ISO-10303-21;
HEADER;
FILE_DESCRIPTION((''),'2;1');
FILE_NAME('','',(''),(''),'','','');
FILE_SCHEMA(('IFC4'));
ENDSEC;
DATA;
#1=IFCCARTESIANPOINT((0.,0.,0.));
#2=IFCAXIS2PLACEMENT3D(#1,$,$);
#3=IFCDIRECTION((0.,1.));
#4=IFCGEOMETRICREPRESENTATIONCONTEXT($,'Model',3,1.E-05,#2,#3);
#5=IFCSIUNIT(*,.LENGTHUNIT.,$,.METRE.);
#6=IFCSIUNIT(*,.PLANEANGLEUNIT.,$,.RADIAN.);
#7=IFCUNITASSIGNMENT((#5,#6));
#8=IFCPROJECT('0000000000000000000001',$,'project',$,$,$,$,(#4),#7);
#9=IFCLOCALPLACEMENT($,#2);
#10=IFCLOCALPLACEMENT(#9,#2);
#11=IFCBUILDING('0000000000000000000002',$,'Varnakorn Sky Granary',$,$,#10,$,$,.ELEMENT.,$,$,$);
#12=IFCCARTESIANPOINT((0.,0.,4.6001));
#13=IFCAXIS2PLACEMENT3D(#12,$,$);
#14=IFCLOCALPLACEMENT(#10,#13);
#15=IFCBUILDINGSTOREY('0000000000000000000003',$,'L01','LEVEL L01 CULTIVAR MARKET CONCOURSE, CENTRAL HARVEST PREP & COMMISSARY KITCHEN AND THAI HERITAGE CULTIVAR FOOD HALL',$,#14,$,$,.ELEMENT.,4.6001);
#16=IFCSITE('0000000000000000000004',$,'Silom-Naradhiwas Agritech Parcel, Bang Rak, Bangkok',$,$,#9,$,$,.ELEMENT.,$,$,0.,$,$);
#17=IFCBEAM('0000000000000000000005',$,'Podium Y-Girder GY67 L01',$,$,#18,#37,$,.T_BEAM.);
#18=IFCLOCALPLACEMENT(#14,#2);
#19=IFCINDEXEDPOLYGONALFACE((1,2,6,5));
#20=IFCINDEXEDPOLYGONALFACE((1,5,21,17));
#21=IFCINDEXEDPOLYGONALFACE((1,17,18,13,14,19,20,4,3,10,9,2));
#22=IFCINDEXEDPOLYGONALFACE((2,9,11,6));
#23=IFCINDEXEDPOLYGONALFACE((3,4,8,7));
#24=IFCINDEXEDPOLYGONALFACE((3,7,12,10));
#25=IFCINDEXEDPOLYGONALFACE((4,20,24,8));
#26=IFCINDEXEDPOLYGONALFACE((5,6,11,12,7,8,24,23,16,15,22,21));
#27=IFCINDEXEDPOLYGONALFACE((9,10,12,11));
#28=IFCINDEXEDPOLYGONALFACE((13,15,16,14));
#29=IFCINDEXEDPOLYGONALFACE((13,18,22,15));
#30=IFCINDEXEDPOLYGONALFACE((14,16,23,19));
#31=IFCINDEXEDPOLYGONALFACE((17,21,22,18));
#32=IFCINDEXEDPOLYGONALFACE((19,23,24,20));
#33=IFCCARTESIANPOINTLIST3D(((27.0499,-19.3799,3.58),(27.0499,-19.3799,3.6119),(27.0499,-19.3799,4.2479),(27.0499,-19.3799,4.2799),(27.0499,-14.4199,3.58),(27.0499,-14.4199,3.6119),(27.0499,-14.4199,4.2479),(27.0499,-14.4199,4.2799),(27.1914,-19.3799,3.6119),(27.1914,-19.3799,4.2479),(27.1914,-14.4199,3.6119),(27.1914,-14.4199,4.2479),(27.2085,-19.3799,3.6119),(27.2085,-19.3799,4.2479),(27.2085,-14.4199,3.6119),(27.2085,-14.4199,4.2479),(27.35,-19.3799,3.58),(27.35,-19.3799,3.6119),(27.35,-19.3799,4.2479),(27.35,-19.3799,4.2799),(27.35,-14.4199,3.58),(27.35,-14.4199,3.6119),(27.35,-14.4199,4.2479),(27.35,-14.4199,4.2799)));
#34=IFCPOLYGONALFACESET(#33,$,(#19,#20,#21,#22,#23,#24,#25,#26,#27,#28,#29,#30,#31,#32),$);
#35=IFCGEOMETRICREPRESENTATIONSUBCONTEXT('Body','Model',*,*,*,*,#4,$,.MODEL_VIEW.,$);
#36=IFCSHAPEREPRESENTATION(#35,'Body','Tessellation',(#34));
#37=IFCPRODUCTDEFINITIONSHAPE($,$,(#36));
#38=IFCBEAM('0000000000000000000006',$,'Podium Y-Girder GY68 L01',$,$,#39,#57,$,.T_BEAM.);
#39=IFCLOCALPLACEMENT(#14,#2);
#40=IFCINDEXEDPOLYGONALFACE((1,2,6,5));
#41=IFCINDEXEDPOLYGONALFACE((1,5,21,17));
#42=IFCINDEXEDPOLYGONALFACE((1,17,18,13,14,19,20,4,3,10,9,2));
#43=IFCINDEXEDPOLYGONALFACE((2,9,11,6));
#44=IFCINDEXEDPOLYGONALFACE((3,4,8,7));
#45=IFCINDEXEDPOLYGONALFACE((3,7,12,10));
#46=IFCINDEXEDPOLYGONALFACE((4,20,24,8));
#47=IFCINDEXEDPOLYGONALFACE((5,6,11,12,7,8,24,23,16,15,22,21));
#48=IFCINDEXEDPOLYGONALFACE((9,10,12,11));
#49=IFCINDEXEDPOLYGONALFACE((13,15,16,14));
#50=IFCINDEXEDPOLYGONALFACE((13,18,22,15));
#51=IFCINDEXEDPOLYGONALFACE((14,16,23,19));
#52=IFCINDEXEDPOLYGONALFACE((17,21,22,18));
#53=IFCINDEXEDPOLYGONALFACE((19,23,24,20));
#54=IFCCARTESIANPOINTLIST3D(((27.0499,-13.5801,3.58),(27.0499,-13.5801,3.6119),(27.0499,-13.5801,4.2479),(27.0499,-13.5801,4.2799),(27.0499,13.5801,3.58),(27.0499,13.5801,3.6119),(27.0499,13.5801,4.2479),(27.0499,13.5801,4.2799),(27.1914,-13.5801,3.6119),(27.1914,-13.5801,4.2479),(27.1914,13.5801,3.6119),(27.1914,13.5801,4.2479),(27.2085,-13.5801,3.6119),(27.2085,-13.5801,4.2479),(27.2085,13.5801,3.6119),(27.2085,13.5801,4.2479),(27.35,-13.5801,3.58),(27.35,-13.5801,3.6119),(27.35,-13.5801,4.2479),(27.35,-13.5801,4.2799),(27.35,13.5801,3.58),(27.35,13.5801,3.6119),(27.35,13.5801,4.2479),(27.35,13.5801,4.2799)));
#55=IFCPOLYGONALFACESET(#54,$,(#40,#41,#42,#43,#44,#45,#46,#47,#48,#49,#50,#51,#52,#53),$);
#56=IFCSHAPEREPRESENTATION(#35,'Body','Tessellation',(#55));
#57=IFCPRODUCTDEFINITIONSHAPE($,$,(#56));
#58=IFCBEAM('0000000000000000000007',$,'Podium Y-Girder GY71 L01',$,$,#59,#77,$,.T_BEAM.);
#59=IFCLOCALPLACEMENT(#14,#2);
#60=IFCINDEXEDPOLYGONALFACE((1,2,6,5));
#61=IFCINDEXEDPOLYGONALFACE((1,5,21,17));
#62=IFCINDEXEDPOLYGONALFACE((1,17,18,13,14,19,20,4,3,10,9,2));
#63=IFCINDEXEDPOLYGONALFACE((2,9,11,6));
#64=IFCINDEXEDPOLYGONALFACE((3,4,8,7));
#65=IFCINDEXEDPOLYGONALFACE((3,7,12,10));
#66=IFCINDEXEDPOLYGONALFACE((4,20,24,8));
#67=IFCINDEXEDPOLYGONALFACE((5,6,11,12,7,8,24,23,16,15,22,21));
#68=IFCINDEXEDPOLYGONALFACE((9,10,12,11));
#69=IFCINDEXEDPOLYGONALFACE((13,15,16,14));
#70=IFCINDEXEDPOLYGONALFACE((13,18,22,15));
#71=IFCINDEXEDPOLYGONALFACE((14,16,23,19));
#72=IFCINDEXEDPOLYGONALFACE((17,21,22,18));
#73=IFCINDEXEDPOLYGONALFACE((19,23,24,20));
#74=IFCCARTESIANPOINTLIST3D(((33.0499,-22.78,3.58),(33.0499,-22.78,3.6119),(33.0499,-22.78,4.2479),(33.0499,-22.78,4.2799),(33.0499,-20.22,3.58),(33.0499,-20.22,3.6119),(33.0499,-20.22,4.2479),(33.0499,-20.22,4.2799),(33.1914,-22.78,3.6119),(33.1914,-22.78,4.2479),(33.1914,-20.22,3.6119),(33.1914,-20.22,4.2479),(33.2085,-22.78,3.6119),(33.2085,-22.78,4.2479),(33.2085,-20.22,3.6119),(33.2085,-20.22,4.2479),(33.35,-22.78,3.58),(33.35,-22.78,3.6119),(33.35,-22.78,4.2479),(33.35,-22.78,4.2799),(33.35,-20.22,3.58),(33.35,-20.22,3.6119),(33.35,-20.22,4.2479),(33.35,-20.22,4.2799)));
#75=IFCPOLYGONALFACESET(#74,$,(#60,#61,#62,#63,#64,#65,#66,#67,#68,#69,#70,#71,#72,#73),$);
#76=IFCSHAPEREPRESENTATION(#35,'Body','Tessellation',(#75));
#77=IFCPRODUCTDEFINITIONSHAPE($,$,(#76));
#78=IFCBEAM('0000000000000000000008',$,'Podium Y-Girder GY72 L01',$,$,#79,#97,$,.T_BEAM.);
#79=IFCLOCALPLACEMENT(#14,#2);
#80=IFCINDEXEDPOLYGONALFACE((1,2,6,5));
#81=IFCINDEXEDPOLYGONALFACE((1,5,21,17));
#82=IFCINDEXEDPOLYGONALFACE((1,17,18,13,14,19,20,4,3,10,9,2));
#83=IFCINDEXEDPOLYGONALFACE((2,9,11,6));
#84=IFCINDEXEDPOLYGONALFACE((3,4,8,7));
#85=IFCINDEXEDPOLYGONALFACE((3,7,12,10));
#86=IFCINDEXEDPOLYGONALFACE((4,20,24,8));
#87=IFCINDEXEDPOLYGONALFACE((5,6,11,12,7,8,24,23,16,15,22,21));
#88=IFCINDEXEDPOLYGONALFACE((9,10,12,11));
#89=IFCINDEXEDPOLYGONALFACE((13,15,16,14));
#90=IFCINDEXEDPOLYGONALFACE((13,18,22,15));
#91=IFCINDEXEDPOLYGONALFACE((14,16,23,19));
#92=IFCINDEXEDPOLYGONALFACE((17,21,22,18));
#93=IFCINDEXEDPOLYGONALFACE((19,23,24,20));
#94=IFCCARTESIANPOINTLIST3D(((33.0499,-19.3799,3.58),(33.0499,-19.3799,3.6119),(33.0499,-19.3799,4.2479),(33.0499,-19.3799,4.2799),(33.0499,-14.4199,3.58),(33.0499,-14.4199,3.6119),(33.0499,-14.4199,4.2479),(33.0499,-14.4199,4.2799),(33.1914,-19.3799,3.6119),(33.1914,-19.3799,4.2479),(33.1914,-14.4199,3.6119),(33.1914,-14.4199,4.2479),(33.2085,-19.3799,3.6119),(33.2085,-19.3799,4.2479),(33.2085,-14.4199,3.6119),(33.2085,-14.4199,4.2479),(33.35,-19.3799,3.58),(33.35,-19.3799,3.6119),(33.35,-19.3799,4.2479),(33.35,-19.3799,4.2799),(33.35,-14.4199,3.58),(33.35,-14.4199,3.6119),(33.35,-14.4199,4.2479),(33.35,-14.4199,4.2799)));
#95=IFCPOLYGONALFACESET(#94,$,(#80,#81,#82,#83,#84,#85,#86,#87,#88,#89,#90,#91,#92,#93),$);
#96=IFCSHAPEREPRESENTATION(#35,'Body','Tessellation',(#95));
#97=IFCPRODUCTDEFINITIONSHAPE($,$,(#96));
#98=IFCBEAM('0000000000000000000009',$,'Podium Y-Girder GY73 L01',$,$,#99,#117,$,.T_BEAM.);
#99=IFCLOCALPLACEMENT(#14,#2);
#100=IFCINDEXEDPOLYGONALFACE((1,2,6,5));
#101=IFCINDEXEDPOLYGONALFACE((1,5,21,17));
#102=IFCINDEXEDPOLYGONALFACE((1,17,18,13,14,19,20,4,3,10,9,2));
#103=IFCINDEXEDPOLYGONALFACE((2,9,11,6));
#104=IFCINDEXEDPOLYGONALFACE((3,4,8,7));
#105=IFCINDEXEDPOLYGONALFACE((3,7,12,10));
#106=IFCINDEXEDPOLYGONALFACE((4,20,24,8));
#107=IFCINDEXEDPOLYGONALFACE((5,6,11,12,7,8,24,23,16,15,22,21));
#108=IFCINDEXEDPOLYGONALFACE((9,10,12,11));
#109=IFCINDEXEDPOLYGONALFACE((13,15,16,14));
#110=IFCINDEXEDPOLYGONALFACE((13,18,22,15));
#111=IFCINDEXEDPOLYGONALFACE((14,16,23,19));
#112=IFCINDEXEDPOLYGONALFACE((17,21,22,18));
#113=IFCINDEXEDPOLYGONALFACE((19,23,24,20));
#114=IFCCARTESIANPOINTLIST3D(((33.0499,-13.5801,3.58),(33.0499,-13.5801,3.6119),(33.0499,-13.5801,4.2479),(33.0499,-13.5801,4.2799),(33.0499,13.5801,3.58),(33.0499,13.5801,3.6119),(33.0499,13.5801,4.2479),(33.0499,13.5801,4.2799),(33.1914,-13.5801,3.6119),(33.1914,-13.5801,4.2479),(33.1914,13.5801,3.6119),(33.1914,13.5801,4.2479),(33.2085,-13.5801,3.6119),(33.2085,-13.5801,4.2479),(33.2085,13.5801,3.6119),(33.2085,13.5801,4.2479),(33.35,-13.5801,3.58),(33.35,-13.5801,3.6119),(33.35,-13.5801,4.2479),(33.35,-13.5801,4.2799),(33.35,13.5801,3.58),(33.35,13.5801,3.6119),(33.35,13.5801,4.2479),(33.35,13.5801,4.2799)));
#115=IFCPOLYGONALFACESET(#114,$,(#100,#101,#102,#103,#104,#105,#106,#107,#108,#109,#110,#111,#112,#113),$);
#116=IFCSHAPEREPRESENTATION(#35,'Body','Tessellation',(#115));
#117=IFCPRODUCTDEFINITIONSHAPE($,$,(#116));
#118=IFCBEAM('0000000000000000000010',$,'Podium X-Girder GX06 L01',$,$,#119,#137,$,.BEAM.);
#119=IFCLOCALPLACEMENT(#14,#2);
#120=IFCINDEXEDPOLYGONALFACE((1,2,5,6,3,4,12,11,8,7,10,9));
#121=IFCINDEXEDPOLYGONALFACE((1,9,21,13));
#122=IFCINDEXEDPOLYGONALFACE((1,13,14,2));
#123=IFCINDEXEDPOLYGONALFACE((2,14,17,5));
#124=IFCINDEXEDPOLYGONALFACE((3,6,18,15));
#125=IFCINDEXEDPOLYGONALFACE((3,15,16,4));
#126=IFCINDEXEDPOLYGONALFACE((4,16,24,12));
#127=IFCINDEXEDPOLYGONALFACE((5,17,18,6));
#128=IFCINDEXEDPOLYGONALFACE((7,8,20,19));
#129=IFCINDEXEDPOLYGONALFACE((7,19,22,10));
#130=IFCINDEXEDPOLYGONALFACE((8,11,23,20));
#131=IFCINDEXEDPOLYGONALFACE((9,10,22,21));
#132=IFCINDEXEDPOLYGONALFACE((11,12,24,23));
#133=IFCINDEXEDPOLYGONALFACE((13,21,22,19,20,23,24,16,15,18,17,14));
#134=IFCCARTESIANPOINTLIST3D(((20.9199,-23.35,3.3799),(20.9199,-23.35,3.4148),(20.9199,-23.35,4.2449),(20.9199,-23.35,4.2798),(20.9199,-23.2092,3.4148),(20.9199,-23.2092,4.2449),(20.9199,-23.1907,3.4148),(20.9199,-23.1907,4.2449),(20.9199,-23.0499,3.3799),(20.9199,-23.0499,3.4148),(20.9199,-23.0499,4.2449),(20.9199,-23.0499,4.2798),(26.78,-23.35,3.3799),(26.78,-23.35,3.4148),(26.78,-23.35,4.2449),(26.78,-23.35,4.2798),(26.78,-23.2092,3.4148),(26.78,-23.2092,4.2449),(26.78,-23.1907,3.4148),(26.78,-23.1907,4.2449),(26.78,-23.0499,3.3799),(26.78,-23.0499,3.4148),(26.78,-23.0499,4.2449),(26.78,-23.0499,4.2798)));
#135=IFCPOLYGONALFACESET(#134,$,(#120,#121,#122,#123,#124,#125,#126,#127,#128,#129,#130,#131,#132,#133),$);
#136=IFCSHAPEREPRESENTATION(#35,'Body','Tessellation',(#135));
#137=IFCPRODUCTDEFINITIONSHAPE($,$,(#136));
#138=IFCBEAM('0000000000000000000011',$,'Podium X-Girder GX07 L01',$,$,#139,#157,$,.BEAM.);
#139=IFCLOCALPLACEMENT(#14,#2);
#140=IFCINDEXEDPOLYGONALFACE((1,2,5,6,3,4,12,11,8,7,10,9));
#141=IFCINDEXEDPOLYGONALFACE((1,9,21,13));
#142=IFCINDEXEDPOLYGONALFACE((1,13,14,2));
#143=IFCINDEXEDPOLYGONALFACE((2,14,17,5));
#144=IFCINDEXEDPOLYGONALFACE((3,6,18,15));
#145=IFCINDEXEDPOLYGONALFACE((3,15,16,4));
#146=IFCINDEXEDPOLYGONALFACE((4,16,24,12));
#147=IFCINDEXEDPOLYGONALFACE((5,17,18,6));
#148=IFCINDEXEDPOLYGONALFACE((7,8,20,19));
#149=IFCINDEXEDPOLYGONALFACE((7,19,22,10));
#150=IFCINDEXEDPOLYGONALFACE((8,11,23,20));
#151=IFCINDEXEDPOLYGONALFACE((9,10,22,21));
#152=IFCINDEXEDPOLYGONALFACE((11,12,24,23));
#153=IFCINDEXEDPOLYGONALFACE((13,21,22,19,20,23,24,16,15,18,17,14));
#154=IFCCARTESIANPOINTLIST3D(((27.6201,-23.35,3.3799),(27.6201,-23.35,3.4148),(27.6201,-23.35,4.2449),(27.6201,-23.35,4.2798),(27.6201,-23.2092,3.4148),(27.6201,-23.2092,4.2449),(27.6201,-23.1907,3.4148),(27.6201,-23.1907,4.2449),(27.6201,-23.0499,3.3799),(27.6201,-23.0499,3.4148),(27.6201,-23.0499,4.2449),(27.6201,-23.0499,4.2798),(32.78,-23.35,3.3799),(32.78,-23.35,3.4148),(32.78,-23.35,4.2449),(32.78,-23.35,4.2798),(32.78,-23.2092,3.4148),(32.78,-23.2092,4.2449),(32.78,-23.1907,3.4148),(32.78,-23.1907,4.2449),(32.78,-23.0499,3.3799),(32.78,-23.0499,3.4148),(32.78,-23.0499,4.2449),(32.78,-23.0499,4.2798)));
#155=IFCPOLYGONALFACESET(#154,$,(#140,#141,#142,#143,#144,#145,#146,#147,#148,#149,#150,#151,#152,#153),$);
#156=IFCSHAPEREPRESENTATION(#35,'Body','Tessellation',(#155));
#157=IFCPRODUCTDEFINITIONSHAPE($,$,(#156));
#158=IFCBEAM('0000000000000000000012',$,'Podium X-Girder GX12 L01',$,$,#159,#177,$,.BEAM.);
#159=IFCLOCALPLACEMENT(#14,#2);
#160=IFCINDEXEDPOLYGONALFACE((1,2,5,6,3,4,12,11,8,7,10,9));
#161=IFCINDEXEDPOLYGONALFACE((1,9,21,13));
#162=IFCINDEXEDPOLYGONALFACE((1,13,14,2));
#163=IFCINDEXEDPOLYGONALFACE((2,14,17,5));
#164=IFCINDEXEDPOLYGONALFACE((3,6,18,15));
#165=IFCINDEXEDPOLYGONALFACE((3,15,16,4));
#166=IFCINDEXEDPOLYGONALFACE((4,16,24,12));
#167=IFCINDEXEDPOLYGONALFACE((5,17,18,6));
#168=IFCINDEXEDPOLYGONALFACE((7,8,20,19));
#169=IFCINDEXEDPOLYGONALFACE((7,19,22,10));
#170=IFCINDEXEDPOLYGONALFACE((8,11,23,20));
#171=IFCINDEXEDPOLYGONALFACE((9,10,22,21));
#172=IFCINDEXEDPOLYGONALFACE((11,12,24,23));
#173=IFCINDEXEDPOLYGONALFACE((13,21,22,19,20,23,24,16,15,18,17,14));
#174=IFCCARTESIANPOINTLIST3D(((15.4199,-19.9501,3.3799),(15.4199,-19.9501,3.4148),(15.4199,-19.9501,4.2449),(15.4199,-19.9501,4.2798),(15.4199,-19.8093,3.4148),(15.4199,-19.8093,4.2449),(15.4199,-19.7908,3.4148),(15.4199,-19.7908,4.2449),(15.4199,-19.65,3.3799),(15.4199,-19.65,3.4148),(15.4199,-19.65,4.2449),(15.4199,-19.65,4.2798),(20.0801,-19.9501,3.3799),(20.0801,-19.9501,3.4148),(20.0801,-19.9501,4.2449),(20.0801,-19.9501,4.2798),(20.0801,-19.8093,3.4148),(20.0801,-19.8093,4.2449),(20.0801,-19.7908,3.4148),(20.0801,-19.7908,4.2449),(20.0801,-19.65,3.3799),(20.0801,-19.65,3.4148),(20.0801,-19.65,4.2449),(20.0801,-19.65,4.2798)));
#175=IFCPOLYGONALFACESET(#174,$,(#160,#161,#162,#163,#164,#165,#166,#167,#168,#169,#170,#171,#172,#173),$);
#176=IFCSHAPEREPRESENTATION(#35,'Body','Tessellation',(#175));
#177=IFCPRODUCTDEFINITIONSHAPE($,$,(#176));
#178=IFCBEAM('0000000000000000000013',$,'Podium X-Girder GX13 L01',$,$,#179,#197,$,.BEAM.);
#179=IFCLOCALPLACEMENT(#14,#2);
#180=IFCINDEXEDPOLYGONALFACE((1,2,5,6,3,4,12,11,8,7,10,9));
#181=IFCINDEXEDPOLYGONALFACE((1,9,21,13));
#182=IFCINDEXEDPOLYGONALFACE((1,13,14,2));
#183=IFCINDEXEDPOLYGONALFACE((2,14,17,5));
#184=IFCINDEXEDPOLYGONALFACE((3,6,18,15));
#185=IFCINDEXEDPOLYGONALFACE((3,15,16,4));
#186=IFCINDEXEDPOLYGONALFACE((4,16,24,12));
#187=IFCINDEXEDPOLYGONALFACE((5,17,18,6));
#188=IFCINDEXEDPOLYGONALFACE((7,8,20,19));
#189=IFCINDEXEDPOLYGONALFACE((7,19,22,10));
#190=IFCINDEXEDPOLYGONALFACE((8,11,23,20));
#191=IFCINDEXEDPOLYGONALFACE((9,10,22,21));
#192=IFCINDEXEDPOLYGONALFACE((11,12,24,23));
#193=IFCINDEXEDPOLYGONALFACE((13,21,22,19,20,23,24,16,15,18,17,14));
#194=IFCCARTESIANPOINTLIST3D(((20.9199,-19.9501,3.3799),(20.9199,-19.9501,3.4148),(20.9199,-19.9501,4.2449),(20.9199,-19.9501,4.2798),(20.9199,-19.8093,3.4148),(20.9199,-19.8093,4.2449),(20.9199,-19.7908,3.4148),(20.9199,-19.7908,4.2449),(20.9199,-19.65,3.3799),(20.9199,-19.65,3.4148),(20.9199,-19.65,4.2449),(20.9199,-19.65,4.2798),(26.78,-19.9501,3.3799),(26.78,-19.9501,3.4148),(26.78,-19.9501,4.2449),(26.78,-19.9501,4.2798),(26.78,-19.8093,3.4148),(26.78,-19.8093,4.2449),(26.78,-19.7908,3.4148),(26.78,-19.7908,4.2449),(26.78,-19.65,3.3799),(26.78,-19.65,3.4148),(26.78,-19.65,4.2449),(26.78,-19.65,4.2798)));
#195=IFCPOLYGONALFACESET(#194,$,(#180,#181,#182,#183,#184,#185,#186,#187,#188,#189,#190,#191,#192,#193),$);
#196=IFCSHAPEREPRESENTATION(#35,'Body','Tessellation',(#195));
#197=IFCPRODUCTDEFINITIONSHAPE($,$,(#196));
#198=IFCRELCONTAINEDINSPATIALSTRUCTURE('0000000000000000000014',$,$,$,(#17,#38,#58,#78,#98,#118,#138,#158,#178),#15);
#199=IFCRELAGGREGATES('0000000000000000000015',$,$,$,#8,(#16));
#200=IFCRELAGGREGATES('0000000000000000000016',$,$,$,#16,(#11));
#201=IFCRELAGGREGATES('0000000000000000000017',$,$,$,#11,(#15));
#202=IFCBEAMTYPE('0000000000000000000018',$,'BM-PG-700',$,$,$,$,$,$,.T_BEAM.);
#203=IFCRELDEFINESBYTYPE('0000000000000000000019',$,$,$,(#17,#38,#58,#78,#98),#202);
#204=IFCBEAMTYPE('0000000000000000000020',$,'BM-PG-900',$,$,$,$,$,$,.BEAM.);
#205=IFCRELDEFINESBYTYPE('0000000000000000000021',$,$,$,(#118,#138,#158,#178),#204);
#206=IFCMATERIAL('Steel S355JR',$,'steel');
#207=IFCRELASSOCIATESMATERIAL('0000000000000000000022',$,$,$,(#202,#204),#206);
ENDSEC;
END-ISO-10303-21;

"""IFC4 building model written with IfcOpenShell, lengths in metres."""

from ifc_helpers import new_model, si_unit, direction, frame, origin, origin_2d, place, context, subcontext, project, spatial, i_section, extrude, material, material_profile, profile_set, type_object, element, save


model = new_model("IFC4")

# Units and contexts
model_context = context("Model", 3, precision=1e-05, world=origin(), true_north=direction((0.0, 1.0)))
body_context = subcontext(model_context, "Body", "Model", "MODEL_VIEW")
ifc_project = project(units=[si_unit("LENGTHUNIT", "METRE"), si_unit("PLANEANGLEUNIT", "RADIAN")], contexts=[model_context])

# Site, building, storey
site_placement = place(None, origin())
site = spatial("IfcSite", under=ifc_project, at=site_placement, Name="Silom-Naradhiwas Agritech Parcel, Bang Rak, Bangkok", CompositionType="ELEMENT", RefElevation=0.0)
building_placement = place(site_placement, origin())
building = spatial("IfcBuilding", under=site, at=building_placement, Name="Varnakorn Sky Granary", CompositionType="ELEMENT")
storey_placement = place(building_placement, frame((0.0, 0.0, 4.6001)))
storey = spatial("IfcBuildingStorey", under=building, at=storey_placement, Name="L01", Description="LEVEL L01 CULTIVAR MARKET CONCOURSE, CENTRAL HARVEST PREP & COMMISSARY KITCHEN AND THAI HERITAGE CULTIVAR FOOD HALL", CompositionType="ELEMENT", Elevation=4.6001)

# Beams
ifc_material_1 = material(Name="Steel S355JR", Category="steel")
ifc_material_profile_1 = material_profile(ifc_material_1, i_section(OverallWidth=0.3, OverallDepth=0.7, WebThickness=0.0171, FlangeThickness=0.032, at=origin_2d()), Name="HE 700 B")
ifc_profile_set_1 = profile_set([ifc_material_profile_1], Name="Steel S355JR")
beam_type_1 = type_object("IfcBeamType", Name="BM-PG-700", PredefinedType="T_BEAM", material=ifc_profile_set_1)
beam_1_placement = place(storey_placement, frame((27.2, -19.3799, 3.9299), z_axis=(0.0, 1.0, 0.0), x_axis=(-1.0, 0.0, 0.0)))
element("IfcBeam", 1, at=beam_1_placement, inside=storey, type_object=beam_type_1, Name="Podium Y-Girder GY67 L01", PredefinedType="T_BEAM", context=body_context, shape_type="SweptSolid", body=[
    extrude(i_section(OverallWidth=0.3, OverallDepth=0.7, WebThickness=0.0171, FlangeThickness=0.032, at=origin_2d()), origin(), (0.0, 0.0, 1.0), 4.96),
])
beam_2_placement = place(storey_placement, frame((27.2, -13.5801, 3.9299), z_axis=(0.0, 1.0, 0.0), x_axis=(-1.0, 0.0, 0.0)))
element("IfcBeam", 2, at=beam_2_placement, inside=storey, type_object=beam_type_1, Name="Podium Y-Girder GY68 L01", PredefinedType="T_BEAM", context=body_context, shape_type="SweptSolid", body=[
    extrude(i_section(OverallWidth=0.3, OverallDepth=0.7, WebThickness=0.0171, FlangeThickness=0.032, at=origin_2d()), origin(), (0.0, 0.0, 1.0), 27.1602),
])
beam_3_placement = place(storey_placement, frame((33.2, -22.78, 3.9299), z_axis=(0.0, 1.0, 0.0), x_axis=(-1.0, 0.0, 0.0)))
element("IfcBeam", 3, at=beam_3_placement, inside=storey, type_object=beam_type_1, Name="Podium Y-Girder GY71 L01", PredefinedType="T_BEAM", context=body_context, shape_type="SweptSolid", body=[
    extrude(i_section(OverallWidth=0.3, OverallDepth=0.7, WebThickness=0.0171, FlangeThickness=0.032, at=origin_2d()), origin(), (0.0, 0.0, 1.0), 2.5601),
])
beam_4_placement = place(storey_placement, frame((33.2, -19.3799, 3.9299), z_axis=(0.0, 1.0, 0.0), x_axis=(-1.0, 0.0, 0.0)))
element("IfcBeam", 4, at=beam_4_placement, inside=storey, type_object=beam_type_1, Name="Podium Y-Girder GY72 L01", PredefinedType="T_BEAM", context=body_context, shape_type="SweptSolid", body=[
    extrude(i_section(OverallWidth=0.3, OverallDepth=0.7, WebThickness=0.0171, FlangeThickness=0.032, at=origin_2d()), origin(), (0.0, 0.0, 1.0), 4.96),
])
beam_5_placement = place(storey_placement, frame((33.2, -13.5801, 3.9299), z_axis=(0.0, 1.0, 0.0), x_axis=(-1.0, 0.0, 0.0)))
element("IfcBeam", 5, at=beam_5_placement, inside=storey, type_object=beam_type_1, Name="Podium Y-Girder GY73 L01", PredefinedType="T_BEAM", context=body_context, shape_type="SweptSolid", body=[
    extrude(i_section(OverallWidth=0.3, OverallDepth=0.7, WebThickness=0.0171, FlangeThickness=0.032, at=origin_2d()), origin(), (0.0, 0.0, 1.0), 27.1602),
])
ifc_material_profile_2 = material_profile(ifc_material_1, i_section(OverallWidth=0.3, OverallDepth=0.8999, WebThickness=0.0186, FlangeThickness=0.0349, at=origin_2d()), Name="HE 900 B")
ifc_profile_set_2 = profile_set([ifc_material_profile_2], Name="Steel S355JR")
beam_type_2 = type_object("IfcBeamType", Name="BM-PG-900", PredefinedType="BEAM", material=ifc_profile_set_2)
beam_6_placement = place(storey_placement, frame((20.9199, -23.2, 3.8298), z_axis=(1.0, 0.0, 0.0), x_axis=(0.0, 1.0, 0.0)))
element("IfcBeam", 6, at=beam_6_placement, inside=storey, type_object=beam_type_2, Name="Podium X-Girder GX06 L01", PredefinedType="BEAM", context=body_context, shape_type="SweptSolid", body=[
    extrude(i_section(OverallWidth=0.3, OverallDepth=0.8999, WebThickness=0.0186, FlangeThickness=0.0349, at=origin_2d()), origin(), (0.0, 0.0, 1.0), 5.8601),
])
beam_7_placement = place(storey_placement, frame((27.6201, -23.2, 3.8298), z_axis=(1.0, 0.0, 0.0), x_axis=(0.0, 1.0, 0.0)))
element("IfcBeam", 7, at=beam_7_placement, inside=storey, type_object=beam_type_2, Name="Podium X-Girder GX07 L01", PredefinedType="BEAM", context=body_context, shape_type="SweptSolid", body=[
    extrude(i_section(OverallWidth=0.3, OverallDepth=0.8999, WebThickness=0.0186, FlangeThickness=0.0349, at=origin_2d()), origin(), (0.0, 0.0, 1.0), 5.1599),
])
beam_8_placement = place(storey_placement, frame((15.4199, -19.8, 3.8298), z_axis=(1.0, 0.0, 0.0), x_axis=(0.0, 1.0, 0.0)))
element("IfcBeam", 8, at=beam_8_placement, inside=storey, type_object=beam_type_2, Name="Podium X-Girder GX12 L01", PredefinedType="BEAM", context=body_context, shape_type="SweptSolid", body=[
    extrude(i_section(OverallWidth=0.3, OverallDepth=0.8999, WebThickness=0.0186, FlangeThickness=0.0349, at=origin_2d()), origin(), (0.0, 0.0, 1.0), 4.6602),
])
beam_9_placement = place(storey_placement, frame((20.9199, -19.8, 3.8298), z_axis=(1.0, 0.0, 0.0), x_axis=(0.0, 1.0, 0.0)))
element("IfcBeam", 9, at=beam_9_placement, inside=storey, type_object=beam_type_2, Name="Podium X-Girder GX13 L01", PredefinedType="BEAM", context=body_context, shape_type="SweptSolid", body=[
    extrude(i_section(OverallWidth=0.3, OverallDepth=0.8999, WebThickness=0.0186, FlangeThickness=0.0349, at=origin_2d()), origin(), (0.0, 0.0, 1.0), 5.8601),
])

save(model, "model.ifc")
